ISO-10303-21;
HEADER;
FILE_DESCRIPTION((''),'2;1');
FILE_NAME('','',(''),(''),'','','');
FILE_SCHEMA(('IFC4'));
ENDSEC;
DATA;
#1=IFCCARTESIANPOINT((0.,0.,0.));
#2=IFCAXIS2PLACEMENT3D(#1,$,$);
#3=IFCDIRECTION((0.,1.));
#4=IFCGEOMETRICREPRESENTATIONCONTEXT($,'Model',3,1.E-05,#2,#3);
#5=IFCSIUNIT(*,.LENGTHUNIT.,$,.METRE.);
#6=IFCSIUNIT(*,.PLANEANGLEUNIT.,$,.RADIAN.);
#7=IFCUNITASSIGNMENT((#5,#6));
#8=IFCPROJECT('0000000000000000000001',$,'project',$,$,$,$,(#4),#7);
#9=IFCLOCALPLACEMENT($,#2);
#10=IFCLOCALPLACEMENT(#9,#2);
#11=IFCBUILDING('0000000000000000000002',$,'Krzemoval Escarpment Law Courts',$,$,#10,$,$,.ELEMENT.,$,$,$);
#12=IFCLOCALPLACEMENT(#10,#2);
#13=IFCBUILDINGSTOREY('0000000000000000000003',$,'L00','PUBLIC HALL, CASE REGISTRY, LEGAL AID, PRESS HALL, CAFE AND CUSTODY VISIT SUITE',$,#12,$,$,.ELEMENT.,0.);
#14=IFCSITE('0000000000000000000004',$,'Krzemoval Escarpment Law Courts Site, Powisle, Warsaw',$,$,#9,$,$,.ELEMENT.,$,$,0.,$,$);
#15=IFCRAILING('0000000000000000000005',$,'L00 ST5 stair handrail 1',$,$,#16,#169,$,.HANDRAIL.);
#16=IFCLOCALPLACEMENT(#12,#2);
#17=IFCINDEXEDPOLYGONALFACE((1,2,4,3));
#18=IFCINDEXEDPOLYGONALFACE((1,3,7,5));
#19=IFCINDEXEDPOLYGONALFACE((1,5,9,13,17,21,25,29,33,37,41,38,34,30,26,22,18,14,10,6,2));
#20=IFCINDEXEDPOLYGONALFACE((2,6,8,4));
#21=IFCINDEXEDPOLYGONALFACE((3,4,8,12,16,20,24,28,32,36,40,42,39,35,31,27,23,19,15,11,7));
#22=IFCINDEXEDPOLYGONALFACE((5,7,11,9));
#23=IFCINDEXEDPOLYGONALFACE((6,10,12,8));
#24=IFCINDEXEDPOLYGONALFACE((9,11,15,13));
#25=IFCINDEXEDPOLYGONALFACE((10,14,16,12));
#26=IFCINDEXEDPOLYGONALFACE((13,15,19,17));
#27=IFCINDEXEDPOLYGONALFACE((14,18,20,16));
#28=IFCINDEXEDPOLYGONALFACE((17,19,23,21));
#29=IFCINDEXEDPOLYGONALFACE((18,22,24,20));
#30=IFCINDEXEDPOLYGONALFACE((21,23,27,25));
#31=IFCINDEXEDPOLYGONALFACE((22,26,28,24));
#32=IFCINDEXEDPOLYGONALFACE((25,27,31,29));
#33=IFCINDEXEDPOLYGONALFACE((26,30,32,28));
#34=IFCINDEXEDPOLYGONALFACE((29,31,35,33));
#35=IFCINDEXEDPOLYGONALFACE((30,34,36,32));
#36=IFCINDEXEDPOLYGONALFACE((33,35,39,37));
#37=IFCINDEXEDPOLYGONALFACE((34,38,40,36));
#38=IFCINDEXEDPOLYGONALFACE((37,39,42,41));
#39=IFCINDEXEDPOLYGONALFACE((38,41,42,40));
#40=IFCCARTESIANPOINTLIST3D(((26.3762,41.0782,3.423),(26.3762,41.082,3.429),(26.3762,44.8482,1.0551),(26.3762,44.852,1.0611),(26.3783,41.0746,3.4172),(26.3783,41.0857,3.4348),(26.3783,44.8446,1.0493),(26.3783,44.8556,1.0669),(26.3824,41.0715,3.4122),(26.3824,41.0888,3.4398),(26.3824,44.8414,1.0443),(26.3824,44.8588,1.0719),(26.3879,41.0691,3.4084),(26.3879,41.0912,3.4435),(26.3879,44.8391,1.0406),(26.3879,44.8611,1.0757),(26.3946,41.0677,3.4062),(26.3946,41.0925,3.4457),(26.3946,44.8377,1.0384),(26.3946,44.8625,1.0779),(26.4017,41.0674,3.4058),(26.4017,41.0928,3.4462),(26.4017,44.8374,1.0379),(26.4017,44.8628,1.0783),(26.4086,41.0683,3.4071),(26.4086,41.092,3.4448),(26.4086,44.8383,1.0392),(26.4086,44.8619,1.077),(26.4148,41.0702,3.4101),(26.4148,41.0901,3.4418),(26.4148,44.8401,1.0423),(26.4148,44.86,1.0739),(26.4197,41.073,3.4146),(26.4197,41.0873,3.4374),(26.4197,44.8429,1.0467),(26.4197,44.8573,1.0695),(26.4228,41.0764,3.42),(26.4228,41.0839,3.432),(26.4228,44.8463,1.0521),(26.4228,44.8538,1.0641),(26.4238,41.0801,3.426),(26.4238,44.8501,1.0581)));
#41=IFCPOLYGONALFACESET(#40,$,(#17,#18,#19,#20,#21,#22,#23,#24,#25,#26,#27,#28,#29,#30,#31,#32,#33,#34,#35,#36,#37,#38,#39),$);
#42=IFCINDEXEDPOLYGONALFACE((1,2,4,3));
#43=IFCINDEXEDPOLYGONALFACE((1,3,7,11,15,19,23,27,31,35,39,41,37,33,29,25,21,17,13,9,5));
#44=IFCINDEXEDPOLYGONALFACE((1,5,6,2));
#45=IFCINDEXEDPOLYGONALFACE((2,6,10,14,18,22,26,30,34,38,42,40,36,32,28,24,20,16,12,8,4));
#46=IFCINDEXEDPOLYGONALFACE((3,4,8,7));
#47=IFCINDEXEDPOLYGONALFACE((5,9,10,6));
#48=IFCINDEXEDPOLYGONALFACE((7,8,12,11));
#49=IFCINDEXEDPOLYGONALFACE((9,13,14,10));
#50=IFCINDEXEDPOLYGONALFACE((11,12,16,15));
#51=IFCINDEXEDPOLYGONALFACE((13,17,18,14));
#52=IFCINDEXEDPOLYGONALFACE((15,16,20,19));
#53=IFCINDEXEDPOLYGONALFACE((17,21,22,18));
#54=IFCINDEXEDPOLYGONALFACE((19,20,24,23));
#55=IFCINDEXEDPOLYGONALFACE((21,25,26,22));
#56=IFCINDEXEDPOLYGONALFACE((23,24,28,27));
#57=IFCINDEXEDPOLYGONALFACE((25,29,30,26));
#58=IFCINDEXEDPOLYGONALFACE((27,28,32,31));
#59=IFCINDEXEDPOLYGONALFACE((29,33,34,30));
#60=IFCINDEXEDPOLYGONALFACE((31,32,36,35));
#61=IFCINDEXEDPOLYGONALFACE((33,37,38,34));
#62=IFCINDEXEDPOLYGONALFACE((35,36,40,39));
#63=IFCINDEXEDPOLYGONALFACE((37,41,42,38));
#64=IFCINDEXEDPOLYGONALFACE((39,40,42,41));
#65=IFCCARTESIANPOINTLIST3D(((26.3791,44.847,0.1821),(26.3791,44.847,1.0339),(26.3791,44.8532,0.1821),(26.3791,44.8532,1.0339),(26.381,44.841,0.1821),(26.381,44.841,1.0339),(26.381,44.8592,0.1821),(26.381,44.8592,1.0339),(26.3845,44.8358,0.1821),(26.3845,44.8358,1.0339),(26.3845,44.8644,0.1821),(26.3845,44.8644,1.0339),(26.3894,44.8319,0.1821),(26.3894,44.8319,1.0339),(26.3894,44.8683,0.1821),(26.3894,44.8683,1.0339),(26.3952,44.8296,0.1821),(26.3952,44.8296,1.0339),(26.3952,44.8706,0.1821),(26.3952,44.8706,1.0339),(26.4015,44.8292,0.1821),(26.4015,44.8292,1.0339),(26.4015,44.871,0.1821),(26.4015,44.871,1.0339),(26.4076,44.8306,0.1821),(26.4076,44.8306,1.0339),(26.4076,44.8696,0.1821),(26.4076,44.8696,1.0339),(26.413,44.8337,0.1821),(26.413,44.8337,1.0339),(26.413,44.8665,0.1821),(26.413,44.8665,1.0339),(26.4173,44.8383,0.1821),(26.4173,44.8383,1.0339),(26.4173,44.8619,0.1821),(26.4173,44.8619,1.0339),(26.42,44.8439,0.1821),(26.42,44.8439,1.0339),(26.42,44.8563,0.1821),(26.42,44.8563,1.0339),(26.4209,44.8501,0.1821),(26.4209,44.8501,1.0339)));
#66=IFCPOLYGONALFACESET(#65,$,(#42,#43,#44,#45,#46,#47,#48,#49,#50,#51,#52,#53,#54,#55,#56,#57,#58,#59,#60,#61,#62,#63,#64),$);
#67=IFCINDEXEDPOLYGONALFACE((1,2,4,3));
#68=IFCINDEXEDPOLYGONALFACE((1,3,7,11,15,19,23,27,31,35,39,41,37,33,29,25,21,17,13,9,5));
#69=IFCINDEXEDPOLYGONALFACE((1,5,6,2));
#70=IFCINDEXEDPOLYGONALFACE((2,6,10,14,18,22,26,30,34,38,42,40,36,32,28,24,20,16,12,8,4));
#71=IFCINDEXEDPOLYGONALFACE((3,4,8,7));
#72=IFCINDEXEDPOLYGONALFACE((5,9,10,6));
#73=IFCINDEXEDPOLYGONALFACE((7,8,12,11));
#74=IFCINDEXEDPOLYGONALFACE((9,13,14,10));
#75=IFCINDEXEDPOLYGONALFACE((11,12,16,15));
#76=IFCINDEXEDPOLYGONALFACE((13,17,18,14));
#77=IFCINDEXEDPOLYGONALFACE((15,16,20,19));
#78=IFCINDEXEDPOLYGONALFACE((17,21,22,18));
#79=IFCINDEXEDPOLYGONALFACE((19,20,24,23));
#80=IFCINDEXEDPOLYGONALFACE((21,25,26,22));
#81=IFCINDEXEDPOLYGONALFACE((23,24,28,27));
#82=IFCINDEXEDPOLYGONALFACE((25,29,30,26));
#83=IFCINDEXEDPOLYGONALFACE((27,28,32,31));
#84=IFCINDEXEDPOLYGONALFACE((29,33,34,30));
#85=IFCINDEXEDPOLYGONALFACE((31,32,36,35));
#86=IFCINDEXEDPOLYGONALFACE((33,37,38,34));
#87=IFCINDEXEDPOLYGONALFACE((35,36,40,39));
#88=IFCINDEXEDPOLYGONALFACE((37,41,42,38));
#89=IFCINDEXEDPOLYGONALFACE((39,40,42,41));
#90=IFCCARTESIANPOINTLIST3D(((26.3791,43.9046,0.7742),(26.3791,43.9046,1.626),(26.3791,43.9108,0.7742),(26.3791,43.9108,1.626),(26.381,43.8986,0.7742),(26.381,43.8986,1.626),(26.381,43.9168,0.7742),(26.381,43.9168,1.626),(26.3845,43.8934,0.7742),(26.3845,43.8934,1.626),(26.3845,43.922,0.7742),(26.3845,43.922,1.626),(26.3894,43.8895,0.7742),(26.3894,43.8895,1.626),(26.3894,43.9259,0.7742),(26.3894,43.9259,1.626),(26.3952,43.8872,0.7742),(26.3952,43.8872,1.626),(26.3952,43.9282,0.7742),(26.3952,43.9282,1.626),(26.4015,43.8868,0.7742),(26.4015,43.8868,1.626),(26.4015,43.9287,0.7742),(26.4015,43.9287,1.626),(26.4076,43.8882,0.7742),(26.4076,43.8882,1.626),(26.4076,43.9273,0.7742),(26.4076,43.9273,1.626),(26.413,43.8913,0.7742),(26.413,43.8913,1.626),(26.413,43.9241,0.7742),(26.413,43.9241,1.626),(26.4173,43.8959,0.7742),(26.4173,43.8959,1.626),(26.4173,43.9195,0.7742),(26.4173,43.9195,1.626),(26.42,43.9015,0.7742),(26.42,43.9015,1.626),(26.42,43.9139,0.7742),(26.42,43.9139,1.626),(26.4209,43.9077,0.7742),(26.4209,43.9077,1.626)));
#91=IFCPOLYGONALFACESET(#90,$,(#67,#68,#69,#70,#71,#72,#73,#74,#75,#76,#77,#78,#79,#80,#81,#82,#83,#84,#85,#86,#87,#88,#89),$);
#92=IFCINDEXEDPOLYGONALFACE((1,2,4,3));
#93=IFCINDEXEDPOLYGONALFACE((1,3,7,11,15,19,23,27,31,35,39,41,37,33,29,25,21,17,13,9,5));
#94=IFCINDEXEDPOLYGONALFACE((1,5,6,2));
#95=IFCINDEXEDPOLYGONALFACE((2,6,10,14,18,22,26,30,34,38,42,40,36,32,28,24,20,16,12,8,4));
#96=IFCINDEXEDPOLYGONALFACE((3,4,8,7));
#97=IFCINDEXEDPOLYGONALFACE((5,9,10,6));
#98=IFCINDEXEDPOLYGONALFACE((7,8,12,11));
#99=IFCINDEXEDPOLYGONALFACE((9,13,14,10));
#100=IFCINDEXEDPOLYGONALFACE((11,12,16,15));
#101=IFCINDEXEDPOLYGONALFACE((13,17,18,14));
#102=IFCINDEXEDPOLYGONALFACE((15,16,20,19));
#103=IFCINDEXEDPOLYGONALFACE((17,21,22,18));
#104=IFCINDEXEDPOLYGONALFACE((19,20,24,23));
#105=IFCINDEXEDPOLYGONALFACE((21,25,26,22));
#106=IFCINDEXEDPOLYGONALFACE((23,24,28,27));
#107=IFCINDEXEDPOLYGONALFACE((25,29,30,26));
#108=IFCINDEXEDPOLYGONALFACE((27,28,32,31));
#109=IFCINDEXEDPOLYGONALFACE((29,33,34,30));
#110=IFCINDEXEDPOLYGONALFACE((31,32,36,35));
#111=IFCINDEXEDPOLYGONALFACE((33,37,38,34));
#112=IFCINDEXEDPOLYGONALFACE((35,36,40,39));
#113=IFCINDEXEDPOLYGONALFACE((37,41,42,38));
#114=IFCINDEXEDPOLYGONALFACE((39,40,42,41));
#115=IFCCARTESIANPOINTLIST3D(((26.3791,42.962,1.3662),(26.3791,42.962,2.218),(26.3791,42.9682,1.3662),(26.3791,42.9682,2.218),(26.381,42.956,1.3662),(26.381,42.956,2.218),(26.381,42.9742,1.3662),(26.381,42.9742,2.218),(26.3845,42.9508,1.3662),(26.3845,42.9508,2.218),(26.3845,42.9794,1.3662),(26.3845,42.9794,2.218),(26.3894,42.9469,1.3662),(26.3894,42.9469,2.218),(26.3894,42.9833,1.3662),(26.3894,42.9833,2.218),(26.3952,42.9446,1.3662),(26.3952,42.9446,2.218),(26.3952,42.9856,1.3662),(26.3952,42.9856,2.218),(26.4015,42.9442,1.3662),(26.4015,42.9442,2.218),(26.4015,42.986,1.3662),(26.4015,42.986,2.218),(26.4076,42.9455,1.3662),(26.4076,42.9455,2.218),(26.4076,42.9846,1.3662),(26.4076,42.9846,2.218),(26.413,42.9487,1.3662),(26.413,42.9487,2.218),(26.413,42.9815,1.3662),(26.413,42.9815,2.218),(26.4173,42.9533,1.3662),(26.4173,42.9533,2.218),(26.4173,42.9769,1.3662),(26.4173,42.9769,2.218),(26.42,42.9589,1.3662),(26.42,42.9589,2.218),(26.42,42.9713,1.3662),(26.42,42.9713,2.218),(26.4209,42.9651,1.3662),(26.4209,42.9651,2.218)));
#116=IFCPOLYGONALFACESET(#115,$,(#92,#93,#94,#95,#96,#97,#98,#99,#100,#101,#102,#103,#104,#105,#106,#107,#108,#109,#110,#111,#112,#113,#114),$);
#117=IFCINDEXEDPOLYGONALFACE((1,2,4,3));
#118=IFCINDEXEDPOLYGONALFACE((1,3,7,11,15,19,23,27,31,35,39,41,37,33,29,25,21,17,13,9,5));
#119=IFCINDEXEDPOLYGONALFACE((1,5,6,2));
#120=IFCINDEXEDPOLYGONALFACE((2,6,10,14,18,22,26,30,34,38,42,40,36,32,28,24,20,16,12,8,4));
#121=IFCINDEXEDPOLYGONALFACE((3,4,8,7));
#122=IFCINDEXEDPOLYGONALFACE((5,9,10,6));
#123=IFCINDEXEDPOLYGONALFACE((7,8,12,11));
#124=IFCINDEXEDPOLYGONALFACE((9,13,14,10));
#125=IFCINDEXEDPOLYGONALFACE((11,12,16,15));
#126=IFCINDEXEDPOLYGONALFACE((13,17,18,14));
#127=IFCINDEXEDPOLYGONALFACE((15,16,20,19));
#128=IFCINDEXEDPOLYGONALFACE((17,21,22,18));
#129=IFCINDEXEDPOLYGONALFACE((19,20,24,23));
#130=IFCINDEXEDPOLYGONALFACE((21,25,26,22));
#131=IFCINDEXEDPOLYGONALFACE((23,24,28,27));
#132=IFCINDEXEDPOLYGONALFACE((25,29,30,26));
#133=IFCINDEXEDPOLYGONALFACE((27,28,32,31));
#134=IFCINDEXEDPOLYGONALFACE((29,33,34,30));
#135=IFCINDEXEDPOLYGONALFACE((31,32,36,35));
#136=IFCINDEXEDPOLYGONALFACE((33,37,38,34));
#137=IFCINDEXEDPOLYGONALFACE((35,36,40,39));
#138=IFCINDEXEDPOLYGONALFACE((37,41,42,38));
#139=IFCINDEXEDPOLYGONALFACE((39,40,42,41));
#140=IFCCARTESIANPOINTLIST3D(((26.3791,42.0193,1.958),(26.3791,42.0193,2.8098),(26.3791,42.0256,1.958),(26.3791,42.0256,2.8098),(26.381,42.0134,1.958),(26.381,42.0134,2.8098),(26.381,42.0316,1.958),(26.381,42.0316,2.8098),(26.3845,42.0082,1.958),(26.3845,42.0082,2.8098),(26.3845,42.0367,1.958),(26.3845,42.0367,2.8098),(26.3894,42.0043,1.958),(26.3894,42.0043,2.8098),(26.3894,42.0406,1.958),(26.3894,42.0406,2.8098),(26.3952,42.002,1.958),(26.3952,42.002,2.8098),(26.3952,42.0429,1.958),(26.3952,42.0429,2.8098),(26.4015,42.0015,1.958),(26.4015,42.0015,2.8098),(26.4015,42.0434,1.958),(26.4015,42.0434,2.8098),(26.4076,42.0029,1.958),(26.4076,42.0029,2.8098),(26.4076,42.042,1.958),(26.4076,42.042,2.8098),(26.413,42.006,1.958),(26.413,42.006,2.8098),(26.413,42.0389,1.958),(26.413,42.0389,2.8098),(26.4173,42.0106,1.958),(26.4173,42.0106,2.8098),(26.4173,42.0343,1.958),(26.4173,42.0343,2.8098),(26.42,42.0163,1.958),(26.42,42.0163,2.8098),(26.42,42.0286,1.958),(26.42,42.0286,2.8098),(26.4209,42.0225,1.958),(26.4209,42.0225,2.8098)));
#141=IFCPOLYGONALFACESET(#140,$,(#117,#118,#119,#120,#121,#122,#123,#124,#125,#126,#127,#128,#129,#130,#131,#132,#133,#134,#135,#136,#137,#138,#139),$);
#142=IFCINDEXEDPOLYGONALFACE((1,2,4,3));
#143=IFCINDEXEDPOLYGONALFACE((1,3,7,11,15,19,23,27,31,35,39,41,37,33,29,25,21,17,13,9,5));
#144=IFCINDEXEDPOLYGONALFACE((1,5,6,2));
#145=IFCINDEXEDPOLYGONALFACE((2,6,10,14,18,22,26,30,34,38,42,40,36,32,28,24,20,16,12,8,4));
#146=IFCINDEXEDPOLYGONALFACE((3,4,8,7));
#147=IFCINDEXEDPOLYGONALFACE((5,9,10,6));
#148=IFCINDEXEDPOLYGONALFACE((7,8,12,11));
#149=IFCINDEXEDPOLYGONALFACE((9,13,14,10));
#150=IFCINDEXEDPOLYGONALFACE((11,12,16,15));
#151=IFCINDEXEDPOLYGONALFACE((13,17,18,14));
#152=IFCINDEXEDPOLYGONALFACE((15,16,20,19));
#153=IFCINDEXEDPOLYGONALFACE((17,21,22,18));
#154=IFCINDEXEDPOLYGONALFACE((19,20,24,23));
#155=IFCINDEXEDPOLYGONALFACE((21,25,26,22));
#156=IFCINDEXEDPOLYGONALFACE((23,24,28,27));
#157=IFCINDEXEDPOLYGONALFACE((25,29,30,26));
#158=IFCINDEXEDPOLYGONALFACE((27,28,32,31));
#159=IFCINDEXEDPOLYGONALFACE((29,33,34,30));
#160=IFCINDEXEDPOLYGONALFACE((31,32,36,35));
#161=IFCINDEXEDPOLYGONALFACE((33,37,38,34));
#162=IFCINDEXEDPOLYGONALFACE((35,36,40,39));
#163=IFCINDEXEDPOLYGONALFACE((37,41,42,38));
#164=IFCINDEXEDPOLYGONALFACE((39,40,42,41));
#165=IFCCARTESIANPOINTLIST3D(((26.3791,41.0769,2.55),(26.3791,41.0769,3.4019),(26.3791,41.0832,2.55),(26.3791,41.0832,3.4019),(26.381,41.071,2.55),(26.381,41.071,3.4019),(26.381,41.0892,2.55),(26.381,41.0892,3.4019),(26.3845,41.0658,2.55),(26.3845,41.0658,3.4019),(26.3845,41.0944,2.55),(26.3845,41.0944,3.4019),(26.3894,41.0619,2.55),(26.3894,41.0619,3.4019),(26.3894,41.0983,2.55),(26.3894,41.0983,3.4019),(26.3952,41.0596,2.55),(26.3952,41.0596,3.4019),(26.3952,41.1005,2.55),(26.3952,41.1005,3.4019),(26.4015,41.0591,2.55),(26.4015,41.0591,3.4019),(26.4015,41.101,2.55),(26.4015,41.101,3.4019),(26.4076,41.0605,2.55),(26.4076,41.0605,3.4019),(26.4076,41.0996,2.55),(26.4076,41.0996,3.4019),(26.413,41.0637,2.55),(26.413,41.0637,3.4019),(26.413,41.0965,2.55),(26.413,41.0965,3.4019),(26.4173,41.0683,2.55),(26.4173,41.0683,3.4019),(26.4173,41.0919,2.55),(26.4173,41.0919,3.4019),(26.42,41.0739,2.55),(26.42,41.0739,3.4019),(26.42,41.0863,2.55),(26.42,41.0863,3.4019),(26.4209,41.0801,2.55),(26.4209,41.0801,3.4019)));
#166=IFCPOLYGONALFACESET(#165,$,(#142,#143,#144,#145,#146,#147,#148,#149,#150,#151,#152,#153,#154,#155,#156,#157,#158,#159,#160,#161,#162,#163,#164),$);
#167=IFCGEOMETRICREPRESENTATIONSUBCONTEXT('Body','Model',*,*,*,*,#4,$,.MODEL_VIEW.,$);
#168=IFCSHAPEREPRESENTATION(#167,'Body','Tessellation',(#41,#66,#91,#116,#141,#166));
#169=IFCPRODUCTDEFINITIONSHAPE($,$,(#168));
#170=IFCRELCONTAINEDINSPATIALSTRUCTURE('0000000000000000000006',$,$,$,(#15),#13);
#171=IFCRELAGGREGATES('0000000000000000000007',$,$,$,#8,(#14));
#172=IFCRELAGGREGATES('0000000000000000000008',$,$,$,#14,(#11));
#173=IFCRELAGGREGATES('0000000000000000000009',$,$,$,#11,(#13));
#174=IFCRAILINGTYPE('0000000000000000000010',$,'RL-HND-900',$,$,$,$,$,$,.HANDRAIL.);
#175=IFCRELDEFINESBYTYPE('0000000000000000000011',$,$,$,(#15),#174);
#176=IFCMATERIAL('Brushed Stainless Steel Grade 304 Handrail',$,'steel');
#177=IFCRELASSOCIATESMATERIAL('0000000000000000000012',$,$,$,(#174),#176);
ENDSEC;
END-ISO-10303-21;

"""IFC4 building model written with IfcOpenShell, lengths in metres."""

from ifc_helpers import new_model, si_unit, direction, frame, origin, origin_2d, place, context, subcontext, project, spatial, circle, extrude, material, type_object, element, save


model = new_model("IFC4")

# Units and contexts
model_context = context("Model", 3, precision=1e-05, world=origin(), true_north=direction((0.0, 1.0)))
body_context = subcontext(model_context, "Body", "Model", "MODEL_VIEW")
ifc_project = project(units=[si_unit("LENGTHUNIT", "METRE"), si_unit("PLANEANGLEUNIT", "RADIAN")], contexts=[model_context])

# Site, building, storey
site_placement = place(None, origin())
site = spatial("IfcSite", under=ifc_project, at=site_placement, Name="Krzemoval Escarpment Law Courts Site, Powisle, Warsaw", CompositionType="ELEMENT", RefElevation=0.0)
building_placement = place(site_placement, origin())
building = spatial("IfcBuilding", under=site, at=building_placement, Name="Krzemoval Escarpment Law Courts", CompositionType="ELEMENT")
storey_placement = place(building_placement, origin())
storey = spatial("IfcBuildingStorey", under=building, at=storey_placement, Name="L00", Description="PUBLIC HALL, CASE REGISTRY, LEGAL AID, PRESS HALL, CAFE AND CUSTODY VISIT SUITE", CompositionType="ELEMENT", Elevation=0.0)

# Railing
ifc_material_1 = material(Name="Brushed Stainless Steel Grade 304 Handrail", Category="steel")
railing_type_1 = type_object("IfcRailingType", Name="RL-HND-900", PredefinedType="HANDRAIL", material=ifc_material_1)
railing_1_placement = place(storey_placement, frame((26.3999, 44.8501, 0.1821)))
element("IfcRailing", 1, at=railing_1_placement, inside=storey, type_object=railing_type_1, Name="L00 ST5 stair handrail 1", PredefinedType="HANDRAIL", context=body_context, shape_type="SweptSolid", body=[
    extrude(circle(Radius=0.0239, at=origin_2d()), frame((0.0, 0.0, 0.876), z_axis=(0.0, -0.846819, 0.531881), x_axis=(1.0, 0.0, 0.0)), (0.0, 0.0, 1.0), 4.4519),
    extrude(circle(Radius=0.021, at=origin_2d()), origin(), (0.0, 0.0, 1.0), 0.8518),
    extrude(circle(Radius=0.021, at=origin_2d()), frame((0.0, -0.9424, 0.592)), (0.0, 0.0, 1.0), 0.8518),
    extrude(circle(Radius=0.021, at=origin_2d()), frame((0.0, -1.885, 1.1841)), (0.0, 0.0, 1.0), 0.8518),
    extrude(circle(Radius=0.021, at=origin_2d()), frame((0.0, -2.8276, 1.7759)), (0.0, 0.0, 1.0), 0.8518),
    extrude(circle(Radius=0.021, at=origin_2d()), frame((0.0, -3.77, 2.3679)), (0.0, 0.0, 1.0), 0.8518),
])

save(model, "model.ifc")
